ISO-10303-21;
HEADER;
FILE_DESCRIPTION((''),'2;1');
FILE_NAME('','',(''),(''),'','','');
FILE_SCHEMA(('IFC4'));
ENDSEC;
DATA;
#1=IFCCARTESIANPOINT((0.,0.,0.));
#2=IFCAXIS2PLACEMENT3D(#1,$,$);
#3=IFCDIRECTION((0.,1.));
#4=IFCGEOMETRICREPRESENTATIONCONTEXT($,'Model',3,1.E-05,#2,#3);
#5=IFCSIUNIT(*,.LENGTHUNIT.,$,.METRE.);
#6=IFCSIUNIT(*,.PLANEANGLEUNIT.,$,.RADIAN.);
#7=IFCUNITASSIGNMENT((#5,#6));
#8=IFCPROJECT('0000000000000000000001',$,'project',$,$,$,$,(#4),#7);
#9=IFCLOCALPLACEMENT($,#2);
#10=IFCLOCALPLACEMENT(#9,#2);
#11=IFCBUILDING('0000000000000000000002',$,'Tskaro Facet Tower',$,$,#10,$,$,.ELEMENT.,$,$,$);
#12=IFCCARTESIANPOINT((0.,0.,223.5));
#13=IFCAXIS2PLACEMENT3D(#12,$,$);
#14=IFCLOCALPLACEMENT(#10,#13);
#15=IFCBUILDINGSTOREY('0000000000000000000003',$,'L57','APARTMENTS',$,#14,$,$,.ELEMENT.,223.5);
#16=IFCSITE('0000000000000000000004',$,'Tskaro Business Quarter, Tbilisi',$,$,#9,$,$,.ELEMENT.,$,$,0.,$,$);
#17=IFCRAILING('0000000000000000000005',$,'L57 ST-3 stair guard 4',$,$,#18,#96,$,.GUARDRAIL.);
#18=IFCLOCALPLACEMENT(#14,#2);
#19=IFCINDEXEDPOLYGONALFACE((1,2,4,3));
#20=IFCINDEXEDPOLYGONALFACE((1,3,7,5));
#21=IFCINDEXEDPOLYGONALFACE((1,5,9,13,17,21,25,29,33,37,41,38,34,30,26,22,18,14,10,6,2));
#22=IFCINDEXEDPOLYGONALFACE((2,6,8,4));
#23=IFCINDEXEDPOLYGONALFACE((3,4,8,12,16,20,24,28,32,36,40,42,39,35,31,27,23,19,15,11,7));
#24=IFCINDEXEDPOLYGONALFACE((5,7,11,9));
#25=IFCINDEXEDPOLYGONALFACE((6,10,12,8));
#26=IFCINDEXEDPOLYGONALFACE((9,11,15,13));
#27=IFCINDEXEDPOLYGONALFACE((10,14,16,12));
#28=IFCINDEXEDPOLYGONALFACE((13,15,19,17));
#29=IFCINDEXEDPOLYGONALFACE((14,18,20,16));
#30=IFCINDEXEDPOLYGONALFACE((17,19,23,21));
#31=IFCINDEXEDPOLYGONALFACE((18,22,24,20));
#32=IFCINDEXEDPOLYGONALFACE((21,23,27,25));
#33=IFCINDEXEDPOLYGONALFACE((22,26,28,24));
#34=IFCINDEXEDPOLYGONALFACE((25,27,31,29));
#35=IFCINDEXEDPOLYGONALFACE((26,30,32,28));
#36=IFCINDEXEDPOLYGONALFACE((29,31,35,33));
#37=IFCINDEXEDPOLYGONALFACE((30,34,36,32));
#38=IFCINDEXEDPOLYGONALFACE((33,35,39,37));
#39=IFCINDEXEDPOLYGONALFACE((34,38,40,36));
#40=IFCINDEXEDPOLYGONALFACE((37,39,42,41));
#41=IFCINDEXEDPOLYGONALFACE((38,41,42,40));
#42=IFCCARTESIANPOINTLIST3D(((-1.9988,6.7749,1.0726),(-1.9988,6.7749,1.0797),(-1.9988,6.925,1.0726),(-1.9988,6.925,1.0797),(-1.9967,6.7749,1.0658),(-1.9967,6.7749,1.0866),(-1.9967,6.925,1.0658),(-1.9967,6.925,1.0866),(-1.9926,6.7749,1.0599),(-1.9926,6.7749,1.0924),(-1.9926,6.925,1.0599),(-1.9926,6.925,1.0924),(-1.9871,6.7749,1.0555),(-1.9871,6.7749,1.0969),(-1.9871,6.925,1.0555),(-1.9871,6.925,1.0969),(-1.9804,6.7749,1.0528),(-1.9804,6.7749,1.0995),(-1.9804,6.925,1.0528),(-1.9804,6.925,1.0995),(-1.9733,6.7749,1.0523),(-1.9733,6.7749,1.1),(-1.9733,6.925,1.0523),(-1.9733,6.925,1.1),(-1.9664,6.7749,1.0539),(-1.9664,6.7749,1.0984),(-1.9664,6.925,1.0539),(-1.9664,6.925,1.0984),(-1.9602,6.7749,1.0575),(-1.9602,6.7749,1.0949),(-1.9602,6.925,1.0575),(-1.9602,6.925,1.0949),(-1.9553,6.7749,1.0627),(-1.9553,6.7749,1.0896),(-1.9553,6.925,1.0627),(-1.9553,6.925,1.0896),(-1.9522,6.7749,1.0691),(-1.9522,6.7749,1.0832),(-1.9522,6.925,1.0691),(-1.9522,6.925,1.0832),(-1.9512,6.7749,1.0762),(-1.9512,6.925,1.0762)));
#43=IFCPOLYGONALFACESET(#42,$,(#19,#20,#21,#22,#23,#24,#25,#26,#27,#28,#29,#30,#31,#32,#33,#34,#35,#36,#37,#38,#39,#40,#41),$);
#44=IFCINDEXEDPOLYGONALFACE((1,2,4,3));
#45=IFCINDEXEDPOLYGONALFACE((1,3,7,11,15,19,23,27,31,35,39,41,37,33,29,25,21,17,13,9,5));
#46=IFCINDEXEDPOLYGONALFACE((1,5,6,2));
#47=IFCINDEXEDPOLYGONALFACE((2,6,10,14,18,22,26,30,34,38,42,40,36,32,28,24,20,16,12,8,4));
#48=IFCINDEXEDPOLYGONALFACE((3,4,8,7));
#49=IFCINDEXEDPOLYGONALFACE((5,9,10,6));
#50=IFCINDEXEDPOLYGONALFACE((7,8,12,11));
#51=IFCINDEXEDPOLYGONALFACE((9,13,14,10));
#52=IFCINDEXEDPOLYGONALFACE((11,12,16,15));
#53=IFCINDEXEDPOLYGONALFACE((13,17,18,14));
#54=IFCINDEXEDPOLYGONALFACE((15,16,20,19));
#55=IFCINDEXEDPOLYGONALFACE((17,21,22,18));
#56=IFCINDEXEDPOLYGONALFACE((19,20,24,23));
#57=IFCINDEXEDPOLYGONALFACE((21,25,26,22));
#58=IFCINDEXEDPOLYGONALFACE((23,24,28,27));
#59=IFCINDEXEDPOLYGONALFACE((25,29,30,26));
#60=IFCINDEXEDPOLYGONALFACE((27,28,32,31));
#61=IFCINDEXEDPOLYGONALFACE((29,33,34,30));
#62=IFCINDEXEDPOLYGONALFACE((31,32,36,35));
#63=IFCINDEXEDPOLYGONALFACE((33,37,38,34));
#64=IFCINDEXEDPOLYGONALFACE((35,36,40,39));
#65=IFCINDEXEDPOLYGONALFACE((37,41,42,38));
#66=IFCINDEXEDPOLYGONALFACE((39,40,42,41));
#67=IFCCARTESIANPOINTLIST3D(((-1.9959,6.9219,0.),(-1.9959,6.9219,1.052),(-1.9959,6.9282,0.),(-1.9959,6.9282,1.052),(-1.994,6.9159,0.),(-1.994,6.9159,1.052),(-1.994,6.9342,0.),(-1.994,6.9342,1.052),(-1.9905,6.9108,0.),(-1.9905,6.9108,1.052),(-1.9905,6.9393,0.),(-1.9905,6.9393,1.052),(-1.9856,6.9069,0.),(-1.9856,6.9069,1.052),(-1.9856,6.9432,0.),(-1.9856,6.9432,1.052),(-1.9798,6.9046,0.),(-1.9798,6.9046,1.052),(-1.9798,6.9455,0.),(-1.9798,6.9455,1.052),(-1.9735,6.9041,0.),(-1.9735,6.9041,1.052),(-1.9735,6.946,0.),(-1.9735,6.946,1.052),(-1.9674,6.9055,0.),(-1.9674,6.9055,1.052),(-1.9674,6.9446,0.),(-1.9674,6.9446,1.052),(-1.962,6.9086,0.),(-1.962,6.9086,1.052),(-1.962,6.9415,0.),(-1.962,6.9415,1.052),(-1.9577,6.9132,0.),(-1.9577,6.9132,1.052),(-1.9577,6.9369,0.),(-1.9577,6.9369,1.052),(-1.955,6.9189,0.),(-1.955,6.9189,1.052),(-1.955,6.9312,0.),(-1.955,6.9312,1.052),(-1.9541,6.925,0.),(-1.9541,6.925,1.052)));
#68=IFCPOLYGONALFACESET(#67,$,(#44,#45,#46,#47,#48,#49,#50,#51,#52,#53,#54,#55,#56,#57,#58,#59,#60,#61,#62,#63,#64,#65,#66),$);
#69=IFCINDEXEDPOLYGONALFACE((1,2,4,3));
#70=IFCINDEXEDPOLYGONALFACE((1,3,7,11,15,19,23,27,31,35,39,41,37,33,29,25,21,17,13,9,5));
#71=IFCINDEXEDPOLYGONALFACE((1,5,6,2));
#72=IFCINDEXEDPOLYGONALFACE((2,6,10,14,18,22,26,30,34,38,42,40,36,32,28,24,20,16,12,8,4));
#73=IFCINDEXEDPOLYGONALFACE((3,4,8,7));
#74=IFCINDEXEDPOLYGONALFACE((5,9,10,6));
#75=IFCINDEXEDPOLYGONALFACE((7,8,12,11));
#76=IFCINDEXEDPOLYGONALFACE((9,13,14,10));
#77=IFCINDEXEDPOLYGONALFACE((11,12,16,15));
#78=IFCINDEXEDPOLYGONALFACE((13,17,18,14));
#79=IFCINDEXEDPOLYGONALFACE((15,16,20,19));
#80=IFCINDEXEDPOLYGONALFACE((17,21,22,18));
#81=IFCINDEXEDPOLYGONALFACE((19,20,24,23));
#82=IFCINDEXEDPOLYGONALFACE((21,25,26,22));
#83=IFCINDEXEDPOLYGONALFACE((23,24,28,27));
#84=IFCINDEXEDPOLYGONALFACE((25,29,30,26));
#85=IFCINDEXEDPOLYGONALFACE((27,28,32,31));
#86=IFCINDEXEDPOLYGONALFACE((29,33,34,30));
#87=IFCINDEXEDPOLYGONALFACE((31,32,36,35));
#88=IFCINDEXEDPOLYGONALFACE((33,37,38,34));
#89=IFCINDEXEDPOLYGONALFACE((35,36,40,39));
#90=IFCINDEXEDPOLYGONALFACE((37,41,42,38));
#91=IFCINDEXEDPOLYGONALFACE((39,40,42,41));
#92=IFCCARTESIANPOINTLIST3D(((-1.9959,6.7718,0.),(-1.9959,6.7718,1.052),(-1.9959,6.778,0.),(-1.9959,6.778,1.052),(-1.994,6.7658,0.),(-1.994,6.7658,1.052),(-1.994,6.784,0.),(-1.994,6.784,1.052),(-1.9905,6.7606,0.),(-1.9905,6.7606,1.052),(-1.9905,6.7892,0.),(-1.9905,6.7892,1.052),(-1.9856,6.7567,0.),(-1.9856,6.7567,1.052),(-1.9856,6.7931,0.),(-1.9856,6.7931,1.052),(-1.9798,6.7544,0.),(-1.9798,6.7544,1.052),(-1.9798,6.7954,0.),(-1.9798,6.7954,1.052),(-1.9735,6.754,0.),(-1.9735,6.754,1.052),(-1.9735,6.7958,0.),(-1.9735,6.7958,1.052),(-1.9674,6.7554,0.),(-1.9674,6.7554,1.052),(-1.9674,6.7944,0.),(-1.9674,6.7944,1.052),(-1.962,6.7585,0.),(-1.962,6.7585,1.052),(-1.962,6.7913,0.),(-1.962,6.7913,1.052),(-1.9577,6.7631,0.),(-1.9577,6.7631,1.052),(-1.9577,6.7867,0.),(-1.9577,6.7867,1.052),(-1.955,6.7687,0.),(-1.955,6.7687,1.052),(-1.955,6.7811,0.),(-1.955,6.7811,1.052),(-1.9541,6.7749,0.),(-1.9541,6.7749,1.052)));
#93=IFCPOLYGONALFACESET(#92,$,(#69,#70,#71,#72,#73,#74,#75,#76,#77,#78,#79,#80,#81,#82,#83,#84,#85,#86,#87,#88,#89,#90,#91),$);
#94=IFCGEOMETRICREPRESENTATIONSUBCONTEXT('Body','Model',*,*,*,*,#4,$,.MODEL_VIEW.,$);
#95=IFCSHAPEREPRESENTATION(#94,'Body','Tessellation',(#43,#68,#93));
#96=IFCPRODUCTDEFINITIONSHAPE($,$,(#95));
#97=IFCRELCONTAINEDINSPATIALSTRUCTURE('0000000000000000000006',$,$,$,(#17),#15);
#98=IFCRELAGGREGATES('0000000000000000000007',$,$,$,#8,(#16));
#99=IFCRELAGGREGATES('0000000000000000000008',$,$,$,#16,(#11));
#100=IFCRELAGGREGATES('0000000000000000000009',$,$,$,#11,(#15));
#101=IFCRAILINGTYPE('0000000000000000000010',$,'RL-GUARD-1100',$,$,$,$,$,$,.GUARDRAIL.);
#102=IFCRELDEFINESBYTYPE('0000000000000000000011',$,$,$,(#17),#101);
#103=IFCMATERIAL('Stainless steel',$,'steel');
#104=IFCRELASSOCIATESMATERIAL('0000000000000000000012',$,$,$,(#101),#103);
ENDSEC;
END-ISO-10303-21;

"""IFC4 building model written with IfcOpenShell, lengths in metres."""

from ifc_helpers import new_model, si_unit, direction, frame, origin, origin_2d, place, context, subcontext, project, spatial, circle, extrude, material, type_object, element, save


model = new_model("IFC4")

# Units and contexts
model_context = context("Model", 3, precision=1e-05, world=origin(), true_north=direction((0.0, 1.0)))
body_context = subcontext(model_context, "Body", "Model", "MODEL_VIEW")
ifc_project = project(units=[si_unit("LENGTHUNIT", "METRE"), si_unit("PLANEANGLEUNIT", "RADIAN")], contexts=[model_context])

# Site, building, storey
site_placement = place(None, origin())
site = spatial("IfcSite", under=ifc_project, at=site_placement, Name="Tskaro Business Quarter, Tbilisi", CompositionType="ELEMENT", RefElevation=0.0)
building_placement = place(site_placement, origin())
building = spatial("IfcBuilding", under=site, at=building_placement, Name="Tskaro Facet Tower", CompositionType="ELEMENT")
storey_placement = place(building_placement, frame((0.0, 0.0, 223.5)))
storey = spatial("IfcBuildingStorey", under=building, at=storey_placement, Name="L57", Description="APARTMENTS", CompositionType="ELEMENT", Elevation=223.5)

# Railing
ifc_material_1 = material(Name="Stainless steel", Category="steel")
railing_type_1 = type_object("IfcRailingType", Name="RL-GUARD-1100", PredefinedType="GUARDRAIL", material=ifc_material_1)
railing_1_placement = place(storey_placement, frame((-1.9751, 6.925, 0.0)))
element("IfcRailing", 1, at=railing_1_placement, inside=storey, type_object=railing_type_1, Name="L57 ST-3 stair guard 4", PredefinedType="GUARDRAIL", context=body_context, shape_type="SweptSolid", body=[
    extrude(circle(Radius=0.0239, at=origin_2d()), frame((0.0, 0.0, 1.0762), z_axis=(0.0, -1.0, 0.0), x_axis=(1.0, 0.0, 0.0)), (0.0, 0.0, 1.0), 0.1501),
    extrude(circle(Radius=0.021, at=origin_2d()), origin(), (0.0, 0.0, 1.0), 1.052),
    extrude(circle(Radius=0.021, at=origin_2d()), frame((0.0, -0.1501, 0.0)), (0.0, 0.0, 1.0), 1.052),
])

save(model, "model.ifc")
